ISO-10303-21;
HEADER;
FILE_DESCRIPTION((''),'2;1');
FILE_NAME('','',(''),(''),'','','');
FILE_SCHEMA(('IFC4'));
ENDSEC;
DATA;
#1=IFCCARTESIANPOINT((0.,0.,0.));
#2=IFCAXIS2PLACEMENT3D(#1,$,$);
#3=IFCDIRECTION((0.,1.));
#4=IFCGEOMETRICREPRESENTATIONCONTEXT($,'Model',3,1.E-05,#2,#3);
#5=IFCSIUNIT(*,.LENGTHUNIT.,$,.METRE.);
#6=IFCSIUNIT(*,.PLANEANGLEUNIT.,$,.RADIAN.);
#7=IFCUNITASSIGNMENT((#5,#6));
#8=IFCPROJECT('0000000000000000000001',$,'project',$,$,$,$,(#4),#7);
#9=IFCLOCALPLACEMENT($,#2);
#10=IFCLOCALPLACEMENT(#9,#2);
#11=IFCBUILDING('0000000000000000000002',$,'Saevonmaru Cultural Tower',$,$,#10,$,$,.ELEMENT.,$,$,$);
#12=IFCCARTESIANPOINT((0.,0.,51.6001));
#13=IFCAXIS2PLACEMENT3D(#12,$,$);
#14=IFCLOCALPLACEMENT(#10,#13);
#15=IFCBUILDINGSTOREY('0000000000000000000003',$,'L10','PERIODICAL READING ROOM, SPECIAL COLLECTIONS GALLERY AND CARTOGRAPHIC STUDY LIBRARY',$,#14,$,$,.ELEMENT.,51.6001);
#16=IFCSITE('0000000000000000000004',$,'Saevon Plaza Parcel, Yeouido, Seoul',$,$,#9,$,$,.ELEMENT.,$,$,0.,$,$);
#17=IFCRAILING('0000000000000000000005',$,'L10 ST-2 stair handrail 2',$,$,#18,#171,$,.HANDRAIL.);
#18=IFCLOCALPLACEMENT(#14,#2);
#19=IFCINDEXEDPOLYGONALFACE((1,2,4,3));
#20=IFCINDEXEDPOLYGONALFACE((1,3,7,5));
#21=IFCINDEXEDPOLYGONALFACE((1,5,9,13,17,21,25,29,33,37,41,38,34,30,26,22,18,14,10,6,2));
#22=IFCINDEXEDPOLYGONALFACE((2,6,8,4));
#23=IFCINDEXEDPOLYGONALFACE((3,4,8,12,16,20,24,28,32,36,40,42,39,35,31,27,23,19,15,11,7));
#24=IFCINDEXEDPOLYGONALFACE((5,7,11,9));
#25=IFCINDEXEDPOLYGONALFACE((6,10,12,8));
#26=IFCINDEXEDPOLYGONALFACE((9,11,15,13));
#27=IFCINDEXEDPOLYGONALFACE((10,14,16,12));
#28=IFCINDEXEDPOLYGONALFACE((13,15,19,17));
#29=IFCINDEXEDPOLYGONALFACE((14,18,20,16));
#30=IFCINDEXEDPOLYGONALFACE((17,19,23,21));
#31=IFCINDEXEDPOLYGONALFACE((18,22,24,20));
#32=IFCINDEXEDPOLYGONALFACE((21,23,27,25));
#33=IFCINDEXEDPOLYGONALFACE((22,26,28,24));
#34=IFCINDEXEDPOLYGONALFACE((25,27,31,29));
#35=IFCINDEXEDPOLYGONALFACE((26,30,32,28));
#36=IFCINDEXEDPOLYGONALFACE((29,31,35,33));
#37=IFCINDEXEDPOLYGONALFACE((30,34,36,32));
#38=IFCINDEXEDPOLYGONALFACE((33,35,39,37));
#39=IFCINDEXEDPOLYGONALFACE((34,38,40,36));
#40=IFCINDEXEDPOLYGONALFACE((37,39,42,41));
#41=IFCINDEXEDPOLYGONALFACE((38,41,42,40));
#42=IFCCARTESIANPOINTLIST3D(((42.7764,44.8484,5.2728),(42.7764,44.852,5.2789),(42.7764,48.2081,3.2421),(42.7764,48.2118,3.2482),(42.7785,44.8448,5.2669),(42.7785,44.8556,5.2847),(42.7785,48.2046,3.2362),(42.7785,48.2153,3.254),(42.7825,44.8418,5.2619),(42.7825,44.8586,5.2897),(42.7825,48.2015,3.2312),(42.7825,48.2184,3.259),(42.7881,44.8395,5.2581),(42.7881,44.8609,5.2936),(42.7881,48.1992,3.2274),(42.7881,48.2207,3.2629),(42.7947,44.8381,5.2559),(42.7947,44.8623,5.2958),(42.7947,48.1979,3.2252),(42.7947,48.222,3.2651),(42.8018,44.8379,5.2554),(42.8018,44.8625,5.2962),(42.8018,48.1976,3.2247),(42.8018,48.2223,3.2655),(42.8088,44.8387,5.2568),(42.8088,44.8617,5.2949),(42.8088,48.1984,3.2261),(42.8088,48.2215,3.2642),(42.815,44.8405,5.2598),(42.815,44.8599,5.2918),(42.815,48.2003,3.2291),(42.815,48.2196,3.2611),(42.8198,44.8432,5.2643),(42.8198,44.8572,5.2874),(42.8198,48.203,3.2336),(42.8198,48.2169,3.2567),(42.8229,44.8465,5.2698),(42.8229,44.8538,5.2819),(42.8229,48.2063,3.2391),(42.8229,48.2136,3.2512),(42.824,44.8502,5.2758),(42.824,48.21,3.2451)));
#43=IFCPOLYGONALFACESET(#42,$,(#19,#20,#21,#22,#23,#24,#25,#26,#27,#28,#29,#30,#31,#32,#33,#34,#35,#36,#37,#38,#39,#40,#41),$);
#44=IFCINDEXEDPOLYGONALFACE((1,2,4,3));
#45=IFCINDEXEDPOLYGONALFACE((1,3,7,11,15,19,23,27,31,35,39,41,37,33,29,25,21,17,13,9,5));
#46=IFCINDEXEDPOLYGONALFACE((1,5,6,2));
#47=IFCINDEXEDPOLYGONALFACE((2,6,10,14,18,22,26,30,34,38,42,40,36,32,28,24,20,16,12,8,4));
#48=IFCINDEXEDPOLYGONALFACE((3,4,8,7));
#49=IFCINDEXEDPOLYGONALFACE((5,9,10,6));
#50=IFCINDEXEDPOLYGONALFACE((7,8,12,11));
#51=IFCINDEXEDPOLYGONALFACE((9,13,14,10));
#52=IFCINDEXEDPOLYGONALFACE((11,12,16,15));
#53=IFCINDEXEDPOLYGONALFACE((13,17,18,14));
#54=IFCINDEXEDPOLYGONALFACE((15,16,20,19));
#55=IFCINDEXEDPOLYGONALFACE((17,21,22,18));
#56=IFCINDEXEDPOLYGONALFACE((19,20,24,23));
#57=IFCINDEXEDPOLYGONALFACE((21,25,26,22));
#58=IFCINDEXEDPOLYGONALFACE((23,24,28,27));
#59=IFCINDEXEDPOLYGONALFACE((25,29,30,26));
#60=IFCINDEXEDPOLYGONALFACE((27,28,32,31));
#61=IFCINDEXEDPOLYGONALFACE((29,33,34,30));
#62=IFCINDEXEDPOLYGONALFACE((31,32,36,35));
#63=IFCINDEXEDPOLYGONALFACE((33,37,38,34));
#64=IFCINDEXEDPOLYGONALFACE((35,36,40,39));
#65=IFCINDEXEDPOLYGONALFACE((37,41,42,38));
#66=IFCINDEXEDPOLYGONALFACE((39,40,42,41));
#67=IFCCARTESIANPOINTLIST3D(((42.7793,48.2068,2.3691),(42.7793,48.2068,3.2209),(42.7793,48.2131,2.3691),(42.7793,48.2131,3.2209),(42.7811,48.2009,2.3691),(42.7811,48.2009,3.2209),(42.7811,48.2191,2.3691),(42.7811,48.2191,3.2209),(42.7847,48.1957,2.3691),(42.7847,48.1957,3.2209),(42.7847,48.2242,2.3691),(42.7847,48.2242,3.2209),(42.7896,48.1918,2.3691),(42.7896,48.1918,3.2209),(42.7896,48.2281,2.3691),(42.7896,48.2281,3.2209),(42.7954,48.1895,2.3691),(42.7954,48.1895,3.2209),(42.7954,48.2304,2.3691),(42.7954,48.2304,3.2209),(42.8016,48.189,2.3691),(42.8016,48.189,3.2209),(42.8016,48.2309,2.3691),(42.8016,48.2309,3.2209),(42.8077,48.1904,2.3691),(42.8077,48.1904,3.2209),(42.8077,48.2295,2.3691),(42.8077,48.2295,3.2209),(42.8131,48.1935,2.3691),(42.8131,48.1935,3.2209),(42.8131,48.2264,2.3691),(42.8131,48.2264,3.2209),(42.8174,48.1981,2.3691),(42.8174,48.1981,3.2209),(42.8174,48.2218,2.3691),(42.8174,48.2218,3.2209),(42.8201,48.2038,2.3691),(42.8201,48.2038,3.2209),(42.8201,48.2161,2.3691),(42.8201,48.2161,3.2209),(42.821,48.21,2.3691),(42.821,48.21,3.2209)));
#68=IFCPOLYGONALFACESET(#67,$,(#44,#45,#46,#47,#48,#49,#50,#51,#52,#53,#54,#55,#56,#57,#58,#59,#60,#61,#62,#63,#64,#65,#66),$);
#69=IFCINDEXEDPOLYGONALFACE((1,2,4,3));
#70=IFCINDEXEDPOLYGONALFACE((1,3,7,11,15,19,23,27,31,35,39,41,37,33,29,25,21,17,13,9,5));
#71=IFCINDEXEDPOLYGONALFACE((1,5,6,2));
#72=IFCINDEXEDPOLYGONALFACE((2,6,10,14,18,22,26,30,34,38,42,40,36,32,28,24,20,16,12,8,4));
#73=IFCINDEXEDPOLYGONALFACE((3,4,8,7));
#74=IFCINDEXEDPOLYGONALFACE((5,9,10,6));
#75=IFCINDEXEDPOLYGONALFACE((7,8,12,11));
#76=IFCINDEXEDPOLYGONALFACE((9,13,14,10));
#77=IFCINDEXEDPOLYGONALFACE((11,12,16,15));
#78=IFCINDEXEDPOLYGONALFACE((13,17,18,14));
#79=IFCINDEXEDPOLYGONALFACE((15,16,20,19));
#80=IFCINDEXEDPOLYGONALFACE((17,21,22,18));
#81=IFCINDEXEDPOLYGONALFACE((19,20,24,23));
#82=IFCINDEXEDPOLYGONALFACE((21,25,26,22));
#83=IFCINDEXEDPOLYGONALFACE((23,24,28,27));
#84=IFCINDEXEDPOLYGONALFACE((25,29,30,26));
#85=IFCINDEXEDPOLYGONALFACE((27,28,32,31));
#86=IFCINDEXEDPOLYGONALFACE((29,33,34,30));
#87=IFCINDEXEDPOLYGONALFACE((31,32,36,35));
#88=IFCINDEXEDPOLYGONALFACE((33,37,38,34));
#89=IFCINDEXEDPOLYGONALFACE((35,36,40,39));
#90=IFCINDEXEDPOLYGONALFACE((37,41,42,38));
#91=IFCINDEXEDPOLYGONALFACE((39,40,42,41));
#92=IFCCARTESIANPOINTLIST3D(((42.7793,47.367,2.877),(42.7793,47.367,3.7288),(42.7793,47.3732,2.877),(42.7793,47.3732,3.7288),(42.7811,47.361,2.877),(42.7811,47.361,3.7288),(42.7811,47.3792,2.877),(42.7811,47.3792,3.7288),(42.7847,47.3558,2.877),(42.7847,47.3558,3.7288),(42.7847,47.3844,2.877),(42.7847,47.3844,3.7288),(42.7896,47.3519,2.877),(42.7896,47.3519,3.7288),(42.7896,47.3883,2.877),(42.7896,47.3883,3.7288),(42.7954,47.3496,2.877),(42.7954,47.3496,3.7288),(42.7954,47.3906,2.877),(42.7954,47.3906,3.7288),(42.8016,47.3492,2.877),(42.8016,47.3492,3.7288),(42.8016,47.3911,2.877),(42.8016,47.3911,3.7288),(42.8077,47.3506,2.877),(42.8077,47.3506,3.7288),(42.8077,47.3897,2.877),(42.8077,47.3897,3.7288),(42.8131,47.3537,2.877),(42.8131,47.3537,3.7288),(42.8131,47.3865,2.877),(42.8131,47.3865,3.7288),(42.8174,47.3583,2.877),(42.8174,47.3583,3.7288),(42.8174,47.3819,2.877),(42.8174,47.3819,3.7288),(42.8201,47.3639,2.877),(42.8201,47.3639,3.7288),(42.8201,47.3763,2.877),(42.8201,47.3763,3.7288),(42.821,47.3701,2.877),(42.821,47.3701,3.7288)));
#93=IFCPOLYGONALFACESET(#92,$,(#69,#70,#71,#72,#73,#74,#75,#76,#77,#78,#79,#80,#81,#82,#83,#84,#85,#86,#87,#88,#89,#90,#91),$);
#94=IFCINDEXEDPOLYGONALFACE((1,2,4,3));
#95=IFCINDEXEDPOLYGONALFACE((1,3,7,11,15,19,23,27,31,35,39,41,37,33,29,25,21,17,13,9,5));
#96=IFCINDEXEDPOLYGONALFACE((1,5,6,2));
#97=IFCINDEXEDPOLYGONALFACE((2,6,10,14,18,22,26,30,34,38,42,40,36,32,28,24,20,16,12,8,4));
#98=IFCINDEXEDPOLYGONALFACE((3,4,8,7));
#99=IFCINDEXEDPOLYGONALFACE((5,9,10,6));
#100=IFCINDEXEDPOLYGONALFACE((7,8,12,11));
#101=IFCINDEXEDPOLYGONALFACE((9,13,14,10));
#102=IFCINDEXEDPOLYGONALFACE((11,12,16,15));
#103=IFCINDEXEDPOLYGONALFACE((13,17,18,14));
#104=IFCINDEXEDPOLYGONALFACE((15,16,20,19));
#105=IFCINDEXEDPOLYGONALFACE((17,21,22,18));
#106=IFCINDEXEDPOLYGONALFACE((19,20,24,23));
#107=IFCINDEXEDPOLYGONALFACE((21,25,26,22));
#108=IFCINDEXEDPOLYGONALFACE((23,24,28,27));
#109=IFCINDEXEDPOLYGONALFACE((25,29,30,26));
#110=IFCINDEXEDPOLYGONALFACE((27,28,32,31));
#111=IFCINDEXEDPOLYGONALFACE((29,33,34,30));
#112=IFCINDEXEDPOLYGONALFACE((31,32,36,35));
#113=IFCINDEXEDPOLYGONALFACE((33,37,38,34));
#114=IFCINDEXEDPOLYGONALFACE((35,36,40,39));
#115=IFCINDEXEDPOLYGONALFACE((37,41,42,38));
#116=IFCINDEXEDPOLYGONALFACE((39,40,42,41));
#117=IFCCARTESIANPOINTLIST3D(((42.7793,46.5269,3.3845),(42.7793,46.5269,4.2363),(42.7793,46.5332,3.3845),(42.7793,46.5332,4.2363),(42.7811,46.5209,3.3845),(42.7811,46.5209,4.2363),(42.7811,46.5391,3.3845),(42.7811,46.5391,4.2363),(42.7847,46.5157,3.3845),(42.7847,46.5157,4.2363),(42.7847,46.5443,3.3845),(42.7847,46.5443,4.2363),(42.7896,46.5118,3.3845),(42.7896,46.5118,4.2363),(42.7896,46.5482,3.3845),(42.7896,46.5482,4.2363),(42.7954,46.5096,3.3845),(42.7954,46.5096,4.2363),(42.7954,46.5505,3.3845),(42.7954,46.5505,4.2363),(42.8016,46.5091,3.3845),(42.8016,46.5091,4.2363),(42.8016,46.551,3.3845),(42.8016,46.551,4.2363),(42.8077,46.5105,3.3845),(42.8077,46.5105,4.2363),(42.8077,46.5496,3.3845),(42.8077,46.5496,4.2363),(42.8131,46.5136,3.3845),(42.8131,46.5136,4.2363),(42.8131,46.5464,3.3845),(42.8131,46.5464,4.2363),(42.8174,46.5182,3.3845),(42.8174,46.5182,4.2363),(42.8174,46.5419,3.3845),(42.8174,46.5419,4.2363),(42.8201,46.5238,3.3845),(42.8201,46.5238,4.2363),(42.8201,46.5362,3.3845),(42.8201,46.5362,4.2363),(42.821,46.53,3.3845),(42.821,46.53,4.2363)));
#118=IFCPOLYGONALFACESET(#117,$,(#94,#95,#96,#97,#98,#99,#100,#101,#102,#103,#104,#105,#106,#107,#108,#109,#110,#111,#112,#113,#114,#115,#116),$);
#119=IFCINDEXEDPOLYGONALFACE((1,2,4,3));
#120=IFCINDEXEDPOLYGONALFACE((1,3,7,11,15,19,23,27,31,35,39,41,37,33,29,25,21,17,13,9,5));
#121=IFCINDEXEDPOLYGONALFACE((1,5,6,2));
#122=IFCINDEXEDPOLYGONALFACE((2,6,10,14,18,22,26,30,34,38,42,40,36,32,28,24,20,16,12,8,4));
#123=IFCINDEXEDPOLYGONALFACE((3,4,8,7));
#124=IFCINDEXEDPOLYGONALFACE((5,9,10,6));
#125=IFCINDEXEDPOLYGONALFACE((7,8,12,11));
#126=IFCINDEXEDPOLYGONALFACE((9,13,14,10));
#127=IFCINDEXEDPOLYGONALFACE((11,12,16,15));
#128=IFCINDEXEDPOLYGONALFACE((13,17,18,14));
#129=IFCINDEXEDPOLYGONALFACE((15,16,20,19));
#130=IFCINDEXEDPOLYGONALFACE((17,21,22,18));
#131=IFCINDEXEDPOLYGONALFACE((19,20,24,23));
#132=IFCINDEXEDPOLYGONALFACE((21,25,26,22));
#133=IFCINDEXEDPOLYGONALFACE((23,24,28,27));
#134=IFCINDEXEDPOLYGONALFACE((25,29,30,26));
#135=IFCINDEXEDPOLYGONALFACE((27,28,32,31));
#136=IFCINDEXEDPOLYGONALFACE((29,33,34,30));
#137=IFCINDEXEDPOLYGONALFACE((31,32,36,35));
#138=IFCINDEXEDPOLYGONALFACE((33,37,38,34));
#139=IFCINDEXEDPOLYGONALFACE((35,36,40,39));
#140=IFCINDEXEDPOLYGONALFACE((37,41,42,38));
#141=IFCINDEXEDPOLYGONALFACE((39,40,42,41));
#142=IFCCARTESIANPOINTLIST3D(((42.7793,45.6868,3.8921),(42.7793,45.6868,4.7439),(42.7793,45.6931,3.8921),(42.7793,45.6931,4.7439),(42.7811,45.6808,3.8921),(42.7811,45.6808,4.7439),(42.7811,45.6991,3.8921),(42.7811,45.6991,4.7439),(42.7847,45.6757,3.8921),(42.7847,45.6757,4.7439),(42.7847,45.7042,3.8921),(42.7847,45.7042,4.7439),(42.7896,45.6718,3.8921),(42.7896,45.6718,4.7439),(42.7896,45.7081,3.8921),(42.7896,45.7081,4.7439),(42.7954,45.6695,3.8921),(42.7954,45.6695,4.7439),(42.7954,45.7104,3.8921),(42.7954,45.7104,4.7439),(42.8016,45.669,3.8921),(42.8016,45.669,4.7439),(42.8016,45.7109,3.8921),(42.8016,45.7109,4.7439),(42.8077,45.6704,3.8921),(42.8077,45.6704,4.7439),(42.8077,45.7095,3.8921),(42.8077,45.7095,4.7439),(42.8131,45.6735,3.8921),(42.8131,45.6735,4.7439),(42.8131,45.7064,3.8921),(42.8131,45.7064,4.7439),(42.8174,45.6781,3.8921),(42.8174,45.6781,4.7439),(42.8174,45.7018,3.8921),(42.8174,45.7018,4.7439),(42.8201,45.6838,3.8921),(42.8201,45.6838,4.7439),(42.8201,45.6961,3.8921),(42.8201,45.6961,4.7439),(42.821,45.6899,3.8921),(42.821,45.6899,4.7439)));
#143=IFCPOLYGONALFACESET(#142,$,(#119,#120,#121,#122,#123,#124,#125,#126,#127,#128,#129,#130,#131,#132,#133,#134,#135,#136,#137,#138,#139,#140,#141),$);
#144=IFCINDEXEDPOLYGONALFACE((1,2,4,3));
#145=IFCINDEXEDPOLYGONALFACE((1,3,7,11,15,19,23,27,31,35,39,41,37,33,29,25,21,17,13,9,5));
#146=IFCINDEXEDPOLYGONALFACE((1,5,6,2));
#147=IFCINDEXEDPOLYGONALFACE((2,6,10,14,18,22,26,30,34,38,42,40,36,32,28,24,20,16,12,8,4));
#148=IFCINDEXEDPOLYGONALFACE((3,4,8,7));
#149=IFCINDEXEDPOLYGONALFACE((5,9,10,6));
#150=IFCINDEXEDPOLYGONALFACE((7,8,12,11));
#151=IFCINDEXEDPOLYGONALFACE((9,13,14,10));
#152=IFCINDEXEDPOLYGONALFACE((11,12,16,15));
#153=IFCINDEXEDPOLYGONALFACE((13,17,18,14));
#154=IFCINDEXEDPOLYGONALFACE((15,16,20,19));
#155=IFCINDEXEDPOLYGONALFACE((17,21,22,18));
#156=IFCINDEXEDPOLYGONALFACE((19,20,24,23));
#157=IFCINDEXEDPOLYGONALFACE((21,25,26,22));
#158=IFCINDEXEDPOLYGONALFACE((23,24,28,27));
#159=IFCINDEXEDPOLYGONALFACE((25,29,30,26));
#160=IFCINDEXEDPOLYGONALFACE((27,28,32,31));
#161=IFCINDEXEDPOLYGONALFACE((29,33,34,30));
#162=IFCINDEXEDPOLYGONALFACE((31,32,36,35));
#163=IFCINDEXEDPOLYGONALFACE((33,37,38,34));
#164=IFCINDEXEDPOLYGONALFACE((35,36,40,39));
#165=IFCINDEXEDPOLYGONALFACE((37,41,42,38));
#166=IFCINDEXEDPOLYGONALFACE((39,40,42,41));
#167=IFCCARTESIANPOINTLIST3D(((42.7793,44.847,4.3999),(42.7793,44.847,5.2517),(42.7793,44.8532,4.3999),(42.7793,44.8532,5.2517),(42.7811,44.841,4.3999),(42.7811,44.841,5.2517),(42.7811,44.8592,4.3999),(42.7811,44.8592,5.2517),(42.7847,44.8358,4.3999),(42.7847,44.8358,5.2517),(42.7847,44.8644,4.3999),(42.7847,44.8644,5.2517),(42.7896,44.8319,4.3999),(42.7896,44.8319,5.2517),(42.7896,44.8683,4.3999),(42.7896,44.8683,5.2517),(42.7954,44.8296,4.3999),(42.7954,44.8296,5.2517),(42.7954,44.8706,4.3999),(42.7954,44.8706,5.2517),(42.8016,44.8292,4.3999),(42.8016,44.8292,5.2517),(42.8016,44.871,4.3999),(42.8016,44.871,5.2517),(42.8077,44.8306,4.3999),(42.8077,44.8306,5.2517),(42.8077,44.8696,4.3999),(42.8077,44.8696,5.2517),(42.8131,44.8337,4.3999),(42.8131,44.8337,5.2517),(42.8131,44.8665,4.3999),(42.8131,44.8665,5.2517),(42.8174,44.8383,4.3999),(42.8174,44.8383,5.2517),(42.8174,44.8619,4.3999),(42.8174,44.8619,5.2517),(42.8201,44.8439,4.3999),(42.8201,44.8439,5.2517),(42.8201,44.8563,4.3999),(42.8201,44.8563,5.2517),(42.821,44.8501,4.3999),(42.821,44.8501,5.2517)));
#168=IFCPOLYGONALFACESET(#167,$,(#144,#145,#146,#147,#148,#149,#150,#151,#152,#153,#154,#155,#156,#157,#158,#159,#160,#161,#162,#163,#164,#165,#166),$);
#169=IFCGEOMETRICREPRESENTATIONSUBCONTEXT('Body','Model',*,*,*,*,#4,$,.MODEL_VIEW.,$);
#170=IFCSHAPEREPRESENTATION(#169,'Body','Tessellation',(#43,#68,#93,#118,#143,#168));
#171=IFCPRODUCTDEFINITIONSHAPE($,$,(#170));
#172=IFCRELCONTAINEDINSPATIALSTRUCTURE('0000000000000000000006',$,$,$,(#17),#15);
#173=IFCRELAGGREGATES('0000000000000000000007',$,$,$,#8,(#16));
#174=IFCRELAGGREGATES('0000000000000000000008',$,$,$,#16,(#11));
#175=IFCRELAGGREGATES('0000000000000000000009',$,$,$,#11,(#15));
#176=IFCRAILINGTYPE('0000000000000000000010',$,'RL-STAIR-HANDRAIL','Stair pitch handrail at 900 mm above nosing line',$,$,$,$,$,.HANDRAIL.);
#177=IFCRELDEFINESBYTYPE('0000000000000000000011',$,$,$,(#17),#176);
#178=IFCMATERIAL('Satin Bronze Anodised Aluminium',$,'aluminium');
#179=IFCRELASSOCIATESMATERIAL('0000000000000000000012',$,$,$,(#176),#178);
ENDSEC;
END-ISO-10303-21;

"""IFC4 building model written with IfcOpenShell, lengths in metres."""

from ifc_helpers import new_model, si_unit, direction, frame, origin, origin_2d, place, context, subcontext, project, spatial, circle, extrude, material, type_object, element, save


model = new_model("IFC4")

# Units and contexts
model_context = context("Model", 3, precision=1e-05, world=origin(), true_north=direction((0.0, 1.0)))
body_context = subcontext(model_context, "Body", "Model", "MODEL_VIEW")
ifc_project = project(units=[si_unit("LENGTHUNIT", "METRE"), si_unit("PLANEANGLEUNIT", "RADIAN")], contexts=[model_context])

# Site, building, storey
site_placement = place(None, origin())
site = spatial("IfcSite", under=ifc_project, at=site_placement, Name="Saevon Plaza Parcel, Yeouido, Seoul", CompositionType="ELEMENT", RefElevation=0.0)
building_placement = place(site_placement, origin())
building = spatial("IfcBuilding", under=site, at=building_placement, Name="Saevonmaru Cultural Tower", CompositionType="ELEMENT")
storey_placement = place(building_placement, frame((0.0, 0.0, 51.6001)))
storey = spatial("IfcBuildingStorey", under=building, at=storey_placement, Name="L10", Description="PERIODICAL READING ROOM, SPECIAL COLLECTIONS GALLERY AND CARTOGRAPHIC STUDY LIBRARY", CompositionType="ELEMENT", Elevation=51.6001)

# Shared definitions
ifc_material_1 = material(Name="Satin Bronze Anodised Aluminium", Category="aluminium")

# Railing
railing_type_1 = type_object("IfcRailingType", Name="RL-STAIR-HANDRAIL", Description="Stair pitch handrail at 900 mm above nosing line", PredefinedType="HANDRAIL", material=ifc_material_1)
railing_1_placement = place(storey_placement, frame((42.8, 48.21, 2.3691)))
element("IfcRailing", 1, at=railing_1_placement, inside=storey, type_object=railing_type_1, Name="L10 ST-2 stair handrail 2", PredefinedType="HANDRAIL", context=body_context, shape_type="SweptSolid", body=[
    extrude(circle(Radius=0.0239, at=origin_2d()), frame((0.0, 0.0, 0.876), z_axis=(0.0, -0.85582, 0.517273), x_axis=(1.0, 0.0, 0.0)), (0.0, 0.0, 1.0), 3.9258),
    extrude(circle(Radius=0.021, at=origin_2d()), origin(), (0.0, 0.0, 1.0), 0.8518),
    extrude(circle(Radius=0.021, at=origin_2d()), frame((0.0, -0.8398, 0.5078)), (0.0, 0.0, 1.0), 0.8518),
    extrude(circle(Radius=0.021, at=origin_2d()), frame((0.0, -1.6799, 1.0154)), (0.0, 0.0, 1.0), 0.8518),
    extrude(circle(Radius=0.021, at=origin_2d()), frame((0.0, -2.52, 1.5229)), (0.0, 0.0, 1.0), 0.8518),
    extrude(circle(Radius=0.021, at=origin_2d()), frame((0.0, -3.3599, 2.0308)), (0.0, 0.0, 1.0), 0.8518),
])

save(model, "model.ifc")
